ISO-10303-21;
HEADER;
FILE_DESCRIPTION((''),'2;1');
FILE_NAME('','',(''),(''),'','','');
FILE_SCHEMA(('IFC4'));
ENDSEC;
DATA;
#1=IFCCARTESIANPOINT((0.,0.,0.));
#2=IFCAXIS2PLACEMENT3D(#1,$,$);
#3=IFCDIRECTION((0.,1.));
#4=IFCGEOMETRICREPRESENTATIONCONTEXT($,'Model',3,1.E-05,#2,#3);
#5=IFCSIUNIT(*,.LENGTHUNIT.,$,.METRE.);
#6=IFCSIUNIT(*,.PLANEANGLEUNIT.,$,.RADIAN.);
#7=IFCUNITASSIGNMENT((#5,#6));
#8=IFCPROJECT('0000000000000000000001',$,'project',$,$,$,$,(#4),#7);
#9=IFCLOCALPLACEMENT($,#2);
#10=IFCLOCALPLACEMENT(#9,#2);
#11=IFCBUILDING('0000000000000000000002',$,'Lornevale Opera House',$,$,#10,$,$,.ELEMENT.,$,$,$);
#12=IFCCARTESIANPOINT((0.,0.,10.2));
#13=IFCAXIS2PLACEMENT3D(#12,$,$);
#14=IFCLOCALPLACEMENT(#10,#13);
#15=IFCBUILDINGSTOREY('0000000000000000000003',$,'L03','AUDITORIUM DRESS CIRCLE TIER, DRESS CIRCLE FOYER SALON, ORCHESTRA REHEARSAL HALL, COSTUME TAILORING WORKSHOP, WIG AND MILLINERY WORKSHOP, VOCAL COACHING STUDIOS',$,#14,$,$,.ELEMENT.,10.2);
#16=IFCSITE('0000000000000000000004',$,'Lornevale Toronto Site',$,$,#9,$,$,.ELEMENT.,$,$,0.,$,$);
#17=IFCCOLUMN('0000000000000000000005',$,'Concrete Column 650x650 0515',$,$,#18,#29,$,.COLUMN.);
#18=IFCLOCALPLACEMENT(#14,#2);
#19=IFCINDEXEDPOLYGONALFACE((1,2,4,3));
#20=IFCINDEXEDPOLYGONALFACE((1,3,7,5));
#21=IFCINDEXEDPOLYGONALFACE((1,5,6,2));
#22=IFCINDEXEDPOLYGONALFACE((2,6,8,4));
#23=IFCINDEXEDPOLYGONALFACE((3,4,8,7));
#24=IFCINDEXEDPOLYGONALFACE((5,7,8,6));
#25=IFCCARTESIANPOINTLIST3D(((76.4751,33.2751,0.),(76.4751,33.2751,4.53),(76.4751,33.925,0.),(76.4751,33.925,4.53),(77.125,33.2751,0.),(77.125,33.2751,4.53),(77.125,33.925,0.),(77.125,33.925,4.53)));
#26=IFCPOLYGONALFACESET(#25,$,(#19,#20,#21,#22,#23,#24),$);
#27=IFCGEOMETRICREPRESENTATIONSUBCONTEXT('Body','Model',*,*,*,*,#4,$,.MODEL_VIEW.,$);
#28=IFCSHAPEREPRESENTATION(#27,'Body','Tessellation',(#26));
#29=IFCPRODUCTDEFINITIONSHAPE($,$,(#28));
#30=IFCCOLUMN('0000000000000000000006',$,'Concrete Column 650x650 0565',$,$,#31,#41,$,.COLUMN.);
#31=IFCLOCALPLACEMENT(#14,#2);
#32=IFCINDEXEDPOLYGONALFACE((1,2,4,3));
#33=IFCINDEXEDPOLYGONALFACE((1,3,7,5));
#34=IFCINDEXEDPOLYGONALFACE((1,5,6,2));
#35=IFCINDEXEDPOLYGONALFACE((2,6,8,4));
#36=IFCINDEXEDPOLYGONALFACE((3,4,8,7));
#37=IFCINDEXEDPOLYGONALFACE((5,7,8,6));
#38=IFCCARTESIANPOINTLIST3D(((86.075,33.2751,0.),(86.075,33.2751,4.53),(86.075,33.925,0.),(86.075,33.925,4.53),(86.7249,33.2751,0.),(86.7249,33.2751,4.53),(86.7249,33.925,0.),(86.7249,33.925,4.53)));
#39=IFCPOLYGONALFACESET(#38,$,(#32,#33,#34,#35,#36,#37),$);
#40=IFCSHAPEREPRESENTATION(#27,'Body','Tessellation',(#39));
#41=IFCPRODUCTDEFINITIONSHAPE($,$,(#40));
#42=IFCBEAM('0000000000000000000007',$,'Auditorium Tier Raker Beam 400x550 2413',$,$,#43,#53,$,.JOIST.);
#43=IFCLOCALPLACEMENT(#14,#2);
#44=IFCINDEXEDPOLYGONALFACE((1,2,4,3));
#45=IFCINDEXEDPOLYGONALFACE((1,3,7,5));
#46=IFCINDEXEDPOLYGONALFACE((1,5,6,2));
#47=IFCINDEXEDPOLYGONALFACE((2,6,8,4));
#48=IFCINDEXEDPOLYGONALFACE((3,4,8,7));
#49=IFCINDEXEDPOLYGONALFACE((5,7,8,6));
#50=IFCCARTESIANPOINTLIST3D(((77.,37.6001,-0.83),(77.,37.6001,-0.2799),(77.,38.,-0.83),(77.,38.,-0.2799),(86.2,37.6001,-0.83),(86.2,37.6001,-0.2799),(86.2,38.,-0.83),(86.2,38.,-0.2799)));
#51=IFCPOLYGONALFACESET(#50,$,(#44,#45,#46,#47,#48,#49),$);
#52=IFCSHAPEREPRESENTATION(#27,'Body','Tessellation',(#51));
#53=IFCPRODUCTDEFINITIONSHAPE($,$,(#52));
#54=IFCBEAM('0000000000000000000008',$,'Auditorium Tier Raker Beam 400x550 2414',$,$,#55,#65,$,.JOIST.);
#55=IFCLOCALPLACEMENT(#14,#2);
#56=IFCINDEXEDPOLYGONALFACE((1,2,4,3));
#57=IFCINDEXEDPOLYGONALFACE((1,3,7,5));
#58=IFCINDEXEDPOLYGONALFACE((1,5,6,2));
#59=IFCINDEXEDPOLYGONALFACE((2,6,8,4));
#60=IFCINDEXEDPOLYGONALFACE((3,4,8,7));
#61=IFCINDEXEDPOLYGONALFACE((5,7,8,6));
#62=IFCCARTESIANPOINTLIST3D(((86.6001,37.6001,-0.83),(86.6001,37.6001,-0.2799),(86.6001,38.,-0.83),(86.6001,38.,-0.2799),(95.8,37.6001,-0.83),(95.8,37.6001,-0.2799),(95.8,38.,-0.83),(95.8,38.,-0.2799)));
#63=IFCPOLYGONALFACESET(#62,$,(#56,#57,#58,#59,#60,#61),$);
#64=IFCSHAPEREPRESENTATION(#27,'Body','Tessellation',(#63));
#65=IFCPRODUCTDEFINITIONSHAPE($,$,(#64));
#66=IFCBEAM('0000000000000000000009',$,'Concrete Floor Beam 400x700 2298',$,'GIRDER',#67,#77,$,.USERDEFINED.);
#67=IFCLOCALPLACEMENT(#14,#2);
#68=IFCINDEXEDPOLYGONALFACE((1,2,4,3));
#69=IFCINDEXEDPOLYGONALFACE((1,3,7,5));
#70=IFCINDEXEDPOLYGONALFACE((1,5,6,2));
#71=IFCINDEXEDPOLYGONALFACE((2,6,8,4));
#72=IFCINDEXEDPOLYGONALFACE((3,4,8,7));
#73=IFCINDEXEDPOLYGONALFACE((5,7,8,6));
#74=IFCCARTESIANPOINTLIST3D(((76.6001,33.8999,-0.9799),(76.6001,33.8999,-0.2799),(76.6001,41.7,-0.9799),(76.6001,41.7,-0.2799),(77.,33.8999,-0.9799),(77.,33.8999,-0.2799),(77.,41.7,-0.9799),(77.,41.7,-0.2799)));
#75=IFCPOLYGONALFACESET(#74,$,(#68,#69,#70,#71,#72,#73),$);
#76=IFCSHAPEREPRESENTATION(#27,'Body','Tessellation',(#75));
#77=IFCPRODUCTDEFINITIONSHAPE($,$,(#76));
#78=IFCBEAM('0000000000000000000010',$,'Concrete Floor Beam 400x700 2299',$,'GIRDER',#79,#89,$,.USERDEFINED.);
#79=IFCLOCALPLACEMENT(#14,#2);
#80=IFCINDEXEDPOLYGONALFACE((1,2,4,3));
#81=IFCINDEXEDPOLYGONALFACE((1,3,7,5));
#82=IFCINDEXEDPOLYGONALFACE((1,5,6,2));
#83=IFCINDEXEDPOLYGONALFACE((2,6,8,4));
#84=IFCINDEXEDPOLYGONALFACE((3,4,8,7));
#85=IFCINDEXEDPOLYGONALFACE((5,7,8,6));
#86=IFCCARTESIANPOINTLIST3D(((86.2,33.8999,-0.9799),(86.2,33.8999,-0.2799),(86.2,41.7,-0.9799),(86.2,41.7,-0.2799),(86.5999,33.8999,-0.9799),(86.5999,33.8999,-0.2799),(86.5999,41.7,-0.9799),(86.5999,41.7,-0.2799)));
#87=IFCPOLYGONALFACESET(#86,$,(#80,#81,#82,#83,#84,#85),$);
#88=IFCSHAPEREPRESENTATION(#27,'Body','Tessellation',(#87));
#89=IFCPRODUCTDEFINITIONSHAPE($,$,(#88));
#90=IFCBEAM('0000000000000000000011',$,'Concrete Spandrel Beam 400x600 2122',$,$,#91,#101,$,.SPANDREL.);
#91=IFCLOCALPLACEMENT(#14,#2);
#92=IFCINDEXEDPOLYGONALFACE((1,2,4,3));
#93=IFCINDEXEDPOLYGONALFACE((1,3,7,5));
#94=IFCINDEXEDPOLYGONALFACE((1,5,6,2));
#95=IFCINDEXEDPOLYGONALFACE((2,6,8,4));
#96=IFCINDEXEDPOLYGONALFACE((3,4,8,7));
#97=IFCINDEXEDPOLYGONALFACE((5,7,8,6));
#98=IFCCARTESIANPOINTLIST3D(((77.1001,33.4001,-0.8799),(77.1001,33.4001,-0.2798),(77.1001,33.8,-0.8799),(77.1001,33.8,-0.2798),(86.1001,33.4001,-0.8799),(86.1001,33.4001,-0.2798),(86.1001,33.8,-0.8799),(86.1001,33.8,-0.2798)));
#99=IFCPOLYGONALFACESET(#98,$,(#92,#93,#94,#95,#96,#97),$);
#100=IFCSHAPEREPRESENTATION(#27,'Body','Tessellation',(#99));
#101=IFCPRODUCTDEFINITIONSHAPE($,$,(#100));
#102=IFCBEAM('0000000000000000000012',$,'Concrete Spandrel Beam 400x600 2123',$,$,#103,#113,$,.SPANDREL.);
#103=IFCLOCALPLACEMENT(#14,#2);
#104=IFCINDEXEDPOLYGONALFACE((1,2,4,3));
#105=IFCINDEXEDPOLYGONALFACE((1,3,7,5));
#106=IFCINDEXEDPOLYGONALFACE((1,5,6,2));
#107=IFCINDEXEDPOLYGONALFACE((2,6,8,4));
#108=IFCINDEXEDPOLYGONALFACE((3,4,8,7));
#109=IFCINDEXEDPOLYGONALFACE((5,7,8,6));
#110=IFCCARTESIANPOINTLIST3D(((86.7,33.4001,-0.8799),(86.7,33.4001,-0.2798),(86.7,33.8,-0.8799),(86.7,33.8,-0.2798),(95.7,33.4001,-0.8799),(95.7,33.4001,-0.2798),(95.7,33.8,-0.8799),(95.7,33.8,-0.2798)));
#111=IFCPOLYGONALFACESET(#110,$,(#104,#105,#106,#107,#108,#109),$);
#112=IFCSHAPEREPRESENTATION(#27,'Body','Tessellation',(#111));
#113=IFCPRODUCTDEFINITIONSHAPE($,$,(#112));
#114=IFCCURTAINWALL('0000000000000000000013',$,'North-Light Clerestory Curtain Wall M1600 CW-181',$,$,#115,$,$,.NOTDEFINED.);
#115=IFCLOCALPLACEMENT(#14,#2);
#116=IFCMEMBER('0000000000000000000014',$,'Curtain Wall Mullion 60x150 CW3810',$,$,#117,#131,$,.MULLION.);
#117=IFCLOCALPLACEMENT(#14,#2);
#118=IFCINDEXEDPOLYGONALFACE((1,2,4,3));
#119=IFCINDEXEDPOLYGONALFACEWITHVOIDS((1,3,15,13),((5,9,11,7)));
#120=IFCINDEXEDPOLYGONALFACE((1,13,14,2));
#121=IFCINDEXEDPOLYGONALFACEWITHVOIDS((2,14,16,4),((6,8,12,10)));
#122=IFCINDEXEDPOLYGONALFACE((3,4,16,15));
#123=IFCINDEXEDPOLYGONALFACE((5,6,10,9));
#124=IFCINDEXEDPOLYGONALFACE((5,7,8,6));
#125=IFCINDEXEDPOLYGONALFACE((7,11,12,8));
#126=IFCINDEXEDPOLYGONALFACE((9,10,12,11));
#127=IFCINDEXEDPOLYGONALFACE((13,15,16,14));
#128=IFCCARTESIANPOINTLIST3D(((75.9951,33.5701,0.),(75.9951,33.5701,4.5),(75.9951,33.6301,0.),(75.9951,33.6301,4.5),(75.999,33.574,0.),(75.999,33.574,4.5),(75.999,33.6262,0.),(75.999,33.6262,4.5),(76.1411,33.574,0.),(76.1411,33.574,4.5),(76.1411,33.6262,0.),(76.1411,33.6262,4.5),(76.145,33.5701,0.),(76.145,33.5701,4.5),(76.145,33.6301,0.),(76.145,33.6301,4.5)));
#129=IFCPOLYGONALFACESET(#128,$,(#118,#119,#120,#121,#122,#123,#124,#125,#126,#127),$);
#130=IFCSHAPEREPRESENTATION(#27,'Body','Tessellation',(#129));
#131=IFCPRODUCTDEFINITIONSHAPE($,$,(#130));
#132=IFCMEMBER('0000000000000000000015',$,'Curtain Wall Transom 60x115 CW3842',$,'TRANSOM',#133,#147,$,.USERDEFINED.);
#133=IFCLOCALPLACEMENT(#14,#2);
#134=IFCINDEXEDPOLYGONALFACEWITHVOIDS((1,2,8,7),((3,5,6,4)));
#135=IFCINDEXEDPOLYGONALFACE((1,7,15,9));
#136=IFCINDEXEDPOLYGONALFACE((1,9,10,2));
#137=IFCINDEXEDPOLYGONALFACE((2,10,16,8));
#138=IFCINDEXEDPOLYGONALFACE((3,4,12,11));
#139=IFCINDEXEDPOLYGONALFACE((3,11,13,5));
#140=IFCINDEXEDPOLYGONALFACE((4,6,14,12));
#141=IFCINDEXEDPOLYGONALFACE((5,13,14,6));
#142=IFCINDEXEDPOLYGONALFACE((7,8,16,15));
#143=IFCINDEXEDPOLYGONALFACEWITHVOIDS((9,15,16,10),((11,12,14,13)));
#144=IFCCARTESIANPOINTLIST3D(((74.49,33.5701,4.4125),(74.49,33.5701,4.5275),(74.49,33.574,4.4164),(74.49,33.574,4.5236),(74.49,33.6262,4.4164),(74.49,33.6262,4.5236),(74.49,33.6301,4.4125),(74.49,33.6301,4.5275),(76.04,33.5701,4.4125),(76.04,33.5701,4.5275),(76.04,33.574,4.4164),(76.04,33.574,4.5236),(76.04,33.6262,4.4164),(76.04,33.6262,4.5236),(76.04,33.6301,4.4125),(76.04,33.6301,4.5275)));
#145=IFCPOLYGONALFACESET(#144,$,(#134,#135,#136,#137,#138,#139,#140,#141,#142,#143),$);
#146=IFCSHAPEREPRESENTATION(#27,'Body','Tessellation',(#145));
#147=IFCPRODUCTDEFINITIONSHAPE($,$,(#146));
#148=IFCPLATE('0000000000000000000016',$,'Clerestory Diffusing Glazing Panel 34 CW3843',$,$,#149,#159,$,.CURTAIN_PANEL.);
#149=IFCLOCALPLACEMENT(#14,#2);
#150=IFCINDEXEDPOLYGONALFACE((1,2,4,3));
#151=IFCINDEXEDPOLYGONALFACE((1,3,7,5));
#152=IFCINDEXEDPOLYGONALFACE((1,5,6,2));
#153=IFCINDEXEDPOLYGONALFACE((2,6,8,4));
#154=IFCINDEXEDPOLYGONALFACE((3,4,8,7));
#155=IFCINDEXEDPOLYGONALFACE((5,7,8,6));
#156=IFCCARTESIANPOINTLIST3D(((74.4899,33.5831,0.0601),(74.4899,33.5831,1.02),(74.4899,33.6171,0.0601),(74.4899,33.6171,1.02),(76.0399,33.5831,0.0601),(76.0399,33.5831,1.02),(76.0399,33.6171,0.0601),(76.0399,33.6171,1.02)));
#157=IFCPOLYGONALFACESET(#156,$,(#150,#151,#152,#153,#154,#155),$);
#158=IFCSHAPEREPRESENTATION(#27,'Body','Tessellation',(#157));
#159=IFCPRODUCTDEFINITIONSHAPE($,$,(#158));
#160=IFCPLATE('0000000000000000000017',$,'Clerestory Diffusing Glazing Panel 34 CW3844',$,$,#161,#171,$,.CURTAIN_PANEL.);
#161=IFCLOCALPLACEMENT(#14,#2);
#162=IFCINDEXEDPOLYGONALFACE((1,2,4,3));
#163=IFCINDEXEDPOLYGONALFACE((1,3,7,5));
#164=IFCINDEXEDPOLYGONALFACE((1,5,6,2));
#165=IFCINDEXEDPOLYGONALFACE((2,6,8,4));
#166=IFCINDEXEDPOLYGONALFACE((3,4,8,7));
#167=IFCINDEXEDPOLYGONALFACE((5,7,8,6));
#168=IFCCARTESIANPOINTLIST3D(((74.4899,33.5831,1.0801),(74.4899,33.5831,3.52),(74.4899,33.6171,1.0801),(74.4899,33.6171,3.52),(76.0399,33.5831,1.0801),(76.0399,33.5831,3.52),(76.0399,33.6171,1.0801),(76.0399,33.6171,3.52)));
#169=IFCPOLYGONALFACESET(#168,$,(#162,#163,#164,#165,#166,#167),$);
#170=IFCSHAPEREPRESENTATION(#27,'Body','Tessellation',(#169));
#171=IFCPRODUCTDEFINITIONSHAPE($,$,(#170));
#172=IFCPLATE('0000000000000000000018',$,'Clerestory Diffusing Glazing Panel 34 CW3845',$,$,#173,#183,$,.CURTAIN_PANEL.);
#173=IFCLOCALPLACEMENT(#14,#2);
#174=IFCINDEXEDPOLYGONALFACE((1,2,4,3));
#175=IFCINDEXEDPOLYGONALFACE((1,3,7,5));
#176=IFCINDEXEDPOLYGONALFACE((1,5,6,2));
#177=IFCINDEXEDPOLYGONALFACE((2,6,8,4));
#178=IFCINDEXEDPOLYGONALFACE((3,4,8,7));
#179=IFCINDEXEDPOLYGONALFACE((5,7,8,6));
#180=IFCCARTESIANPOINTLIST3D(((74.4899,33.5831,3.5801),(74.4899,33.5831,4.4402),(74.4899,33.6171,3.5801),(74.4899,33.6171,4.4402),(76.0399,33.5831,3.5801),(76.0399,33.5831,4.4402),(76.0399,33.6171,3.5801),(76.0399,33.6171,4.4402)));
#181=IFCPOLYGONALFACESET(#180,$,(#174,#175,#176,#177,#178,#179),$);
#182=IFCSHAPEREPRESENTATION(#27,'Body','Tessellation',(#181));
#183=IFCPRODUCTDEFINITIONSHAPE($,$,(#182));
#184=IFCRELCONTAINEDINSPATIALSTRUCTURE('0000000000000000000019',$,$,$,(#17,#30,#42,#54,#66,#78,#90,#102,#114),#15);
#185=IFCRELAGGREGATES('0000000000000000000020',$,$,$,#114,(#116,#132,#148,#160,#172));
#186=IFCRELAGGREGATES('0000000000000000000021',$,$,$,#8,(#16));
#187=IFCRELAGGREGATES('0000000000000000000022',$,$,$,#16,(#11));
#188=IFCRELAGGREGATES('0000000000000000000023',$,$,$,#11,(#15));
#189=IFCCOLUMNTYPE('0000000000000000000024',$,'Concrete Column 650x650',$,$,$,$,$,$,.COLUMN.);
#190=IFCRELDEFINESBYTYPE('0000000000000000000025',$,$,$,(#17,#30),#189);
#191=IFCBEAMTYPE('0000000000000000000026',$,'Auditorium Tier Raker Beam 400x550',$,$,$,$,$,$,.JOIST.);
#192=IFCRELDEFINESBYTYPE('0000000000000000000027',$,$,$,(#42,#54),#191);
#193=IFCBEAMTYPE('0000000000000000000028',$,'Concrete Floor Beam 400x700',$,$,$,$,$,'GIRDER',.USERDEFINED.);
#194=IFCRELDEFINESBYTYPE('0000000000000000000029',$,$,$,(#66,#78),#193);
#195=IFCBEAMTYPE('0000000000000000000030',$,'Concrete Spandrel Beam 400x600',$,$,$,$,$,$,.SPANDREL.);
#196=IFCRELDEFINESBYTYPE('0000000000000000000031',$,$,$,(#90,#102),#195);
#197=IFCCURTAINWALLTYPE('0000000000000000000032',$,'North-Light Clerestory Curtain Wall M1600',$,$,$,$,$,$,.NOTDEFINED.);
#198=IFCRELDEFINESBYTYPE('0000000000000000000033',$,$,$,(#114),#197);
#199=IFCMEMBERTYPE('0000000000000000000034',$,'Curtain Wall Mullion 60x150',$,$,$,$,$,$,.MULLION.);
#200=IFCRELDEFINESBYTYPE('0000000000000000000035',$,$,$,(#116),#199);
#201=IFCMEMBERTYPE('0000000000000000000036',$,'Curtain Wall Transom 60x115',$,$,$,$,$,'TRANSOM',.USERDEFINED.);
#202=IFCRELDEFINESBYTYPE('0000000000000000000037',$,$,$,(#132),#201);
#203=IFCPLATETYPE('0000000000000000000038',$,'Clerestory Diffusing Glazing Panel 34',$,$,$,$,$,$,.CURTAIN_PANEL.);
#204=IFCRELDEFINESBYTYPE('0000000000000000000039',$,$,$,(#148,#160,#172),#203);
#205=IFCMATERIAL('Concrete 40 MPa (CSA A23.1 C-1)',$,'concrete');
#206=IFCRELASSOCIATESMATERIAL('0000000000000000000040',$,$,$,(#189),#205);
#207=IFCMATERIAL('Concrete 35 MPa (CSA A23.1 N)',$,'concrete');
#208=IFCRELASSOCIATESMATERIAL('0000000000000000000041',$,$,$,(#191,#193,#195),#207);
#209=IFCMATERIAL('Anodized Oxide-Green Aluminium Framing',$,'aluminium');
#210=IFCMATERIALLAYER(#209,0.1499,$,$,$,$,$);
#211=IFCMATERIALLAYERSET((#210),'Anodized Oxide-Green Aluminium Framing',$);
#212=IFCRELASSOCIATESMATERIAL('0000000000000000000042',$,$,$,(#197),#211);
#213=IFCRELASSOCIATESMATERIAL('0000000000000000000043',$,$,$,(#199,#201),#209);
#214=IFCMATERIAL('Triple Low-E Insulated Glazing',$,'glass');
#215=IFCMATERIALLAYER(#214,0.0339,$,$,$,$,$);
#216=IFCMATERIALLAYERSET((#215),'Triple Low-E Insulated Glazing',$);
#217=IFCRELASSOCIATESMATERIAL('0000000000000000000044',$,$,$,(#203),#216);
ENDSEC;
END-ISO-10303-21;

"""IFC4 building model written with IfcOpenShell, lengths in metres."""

from ifc_helpers import new_model, si_unit, direction, frame, origin, origin_2d, place, context, subcontext, project, spatial, rectangle, hollow_rectangle, extrude, material, layer, layer_set, material_profile, profile_set, type_object, element, aggregate, save


model = new_model("IFC4")

# Units and contexts
model_context = context("Model", 3, precision=1e-05, world=origin(), true_north=direction((0.0, 1.0)))
body_context = subcontext(model_context, "Body", "Model", "MODEL_VIEW")
ifc_project = project(units=[si_unit("LENGTHUNIT", "METRE"), si_unit("PLANEANGLEUNIT", "RADIAN")], contexts=[model_context])

# Site, building, storey
site_placement = place(None, origin())
site = spatial("IfcSite", under=ifc_project, at=site_placement, Name="Lornevale Toronto Site", CompositionType="ELEMENT", RefElevation=0.0)
building_placement = place(site_placement, origin())
building = spatial("IfcBuilding", under=site, at=building_placement, Name="Lornevale Opera House", CompositionType="ELEMENT")
storey_placement = place(building_placement, frame((0.0, 0.0, 10.2)))
storey = spatial("IfcBuildingStorey", under=building, at=storey_placement, Name="L03", Description="AUDITORIUM DRESS CIRCLE TIER, DRESS CIRCLE FOYER SALON, ORCHESTRA REHEARSAL HALL, COSTUME TAILORING WORKSHOP, WIG AND MILLINERY WORKSHOP, VOCAL COACHING STUDIOS", CompositionType="ELEMENT", Elevation=10.2)

# Columns
ifc_material_1 = material(Name="Concrete 40 MPa (CSA A23.1 C-1)", Category="concrete")
ifc_material_profile_1 = material_profile(ifc_material_1, rectangle(XDim=0.6499, YDim=0.6499, at=origin_2d()), Name="RC650x650")
ifc_profile_set_1 = profile_set([ifc_material_profile_1], Name="Concrete 40 MPa (CSA A23.1 C-1)")
column_type = type_object("IfcColumnType", Name="Concrete Column 650x650", PredefinedType="COLUMN", material=ifc_profile_set_1)
for number, where, z_axis, x_axis, name in (
    (1, (76.8, 33.6001, 0.0), (0.0, 0.0, 1.0), (1.0, 0.0, 0.0), "Concrete Column 650x650 0515"),
    (2, (86.3999, 33.6001, 0.0), (0.0, 0.0, 1.0), (1.0, 0.0, 0.0), "Concrete Column 650x650 0565"),
):
    element("IfcColumn", number, at=place(storey_placement, frame(where, z_axis=z_axis, x_axis=x_axis)), inside=storey, type_object=column_type, Name=name, PredefinedType="COLUMN", context=body_context, shape_type="SweptSolid", body=[
        extrude(rectangle(XDim=0.6499, YDim=0.6499, at=origin_2d()), origin(), (0.0, 0.0, 1.0), 4.53),
    ])

# Beams
ifc_material_2 = material(Name="Concrete 35 MPa (CSA A23.1 N)", Category="concrete")
ifc_material_profile_2 = material_profile(ifc_material_2, rectangle(XDim=0.3999, YDim=0.55, at=origin_2d()), Name="RC400x550")
ifc_profile_set_2 = profile_set([ifc_material_profile_2], Name="Concrete 35 MPa (CSA A23.1 N)")
beam_type_1 = type_object("IfcBeamType", Name="Auditorium Tier Raker Beam 400x550", PredefinedType="JOIST", material=ifc_profile_set_2)
for number, where, z_axis, x_axis, name in (
    (3, (77.0, 37.8, -0.5549), (1.0, 0.0, 0.0), (0.0, 1.0, 0.0), "Auditorium Tier Raker Beam 400x550 2413"),
    (4, (86.6001, 37.8, -0.5549), (1.0, 0.0, 0.0), (0.0, 1.0, 0.0), "Auditorium Tier Raker Beam 400x550 2414"),
):
    element("IfcBeam", number, at=place(storey_placement, frame(where, z_axis=z_axis, x_axis=x_axis)), inside=storey, type_object=beam_type_1, Name=name, PredefinedType="JOIST", context=body_context, shape_type="SweptSolid", body=[
        extrude(rectangle(XDim=0.3999, YDim=0.55, at=origin_2d()), origin(), (0.0, 0.0, 1.0), 9.2),
    ])
ifc_material_profile_3 = material_profile(ifc_material_2, rectangle(XDim=0.3999, YDim=0.7, at=origin_2d()), Name="RC400x700")
ifc_profile_set_3 = profile_set([ifc_material_profile_3], Name="Concrete 35 MPa (CSA A23.1 N)")
beam_type_2 = type_object("IfcBeamType", Name="Concrete Floor Beam 400x700", ElementType="GIRDER", PredefinedType="USERDEFINED", material=ifc_profile_set_3)
for number, where, z_axis, x_axis, name in (
    (5, (76.8, 33.8999, -0.6299), (0.0, 1.0, 0.0), (-1.0, 0.0, 0.0), "Concrete Floor Beam 400x700 2298"),
    (6, (86.3999, 33.8999, -0.6299), (0.0, 1.0, 0.0), (-1.0, 0.0, 0.0), "Concrete Floor Beam 400x700 2299"),
):
    element("IfcBeam", number, at=place(storey_placement, frame(where, z_axis=z_axis, x_axis=x_axis)), inside=storey, type_object=beam_type_2, Name=name, ObjectType="GIRDER", PredefinedType="USERDEFINED", context=body_context, shape_type="SweptSolid", body=[
        extrude(rectangle(XDim=0.3999, YDim=0.7, at=origin_2d()), origin(), (0.0, 0.0, 1.0), 7.8),
    ])
ifc_material_profile_4 = material_profile(ifc_material_2, rectangle(XDim=0.3999, YDim=0.6001, at=origin_2d()), Name="RC400x600")
ifc_profile_set_4 = profile_set([ifc_material_profile_4], Name="Concrete 35 MPa (CSA A23.1 N)")
beam_type_3 = type_object("IfcBeamType", Name="Concrete Spandrel Beam 400x600", PredefinedType="SPANDREL", material=ifc_profile_set_4)
for number, where, z_axis, x_axis, name in (
    (7, (77.1001, 33.6001, -0.5798), (1.0, 0.0, 0.0), (0.0, 1.0, 0.0), "Concrete Spandrel Beam 400x600 2122"),
    (8, (86.7, 33.6001, -0.5798), (1.0, 0.0, 0.0), (0.0, 1.0, 0.0), "Concrete Spandrel Beam 400x600 2123"),
):
    element("IfcBeam", number, at=place(storey_placement, frame(where, z_axis=z_axis, x_axis=x_axis)), inside=storey, type_object=beam_type_3, Name=name, PredefinedType="SPANDREL", context=body_context, shape_type="SweptSolid", body=[
        extrude(rectangle(XDim=0.3999, YDim=0.6001, at=origin_2d()), origin(), (0.0, 0.0, 1.0), 9.0),
    ])

# Curtain wall, members, plates
ifc_material_3 = material(Name="Anodized Oxide-Green Aluminium Framing", Category="aluminium")
ifc_layer_1 = layer(ifc_material_3, 0.1499)
ifc_layer_set_1 = layer_set([ifc_layer_1], Name="Anodized Oxide-Green Aluminium Framing")
curtain_wall_type = type_object("IfcCurtainWallType", Name="North-Light Clerestory Curtain Wall M1600", PredefinedType="NOTDEFINED", material=ifc_layer_set_1)
curtain_wall_placement = place(storey_placement, origin())
curtain_wall = element("IfcCurtainWall", 9, at=curtain_wall_placement, inside=storey, type_object=curtain_wall_type, Name="North-Light Clerestory Curtain Wall M1600 CW-181", PredefinedType="NOTDEFINED")
ifc_material_profile_5 = material_profile(ifc_material_3, hollow_rectangle(XDim=0.0601, YDim=0.1499, WallThickness=0.0039, at=origin_2d()), Name="ALU60x150x4")
ifc_profile_set_5 = profile_set([ifc_material_profile_5], Name="Anodized Oxide-Green Aluminium Framing")
member_type_1 = type_object("IfcMemberType", Name="Curtain Wall Mullion 60x150", PredefinedType="MULLION", material=ifc_profile_set_5)
member_1_placement = place(storey_placement, frame((76.0701, 33.6001, 0.0), z_axis=(0.0, 0.0, 1.0), x_axis=(0.0, 1.0, 0.0)))
member_1 = element("IfcMember", 10, at=member_1_placement, type_object=member_type_1, Name="Curtain Wall Mullion 60x150 CW3810", PredefinedType="MULLION", context=body_context, shape_type="SweptSolid", body=[
    extrude(hollow_rectangle(XDim=0.0601, YDim=0.1499, WallThickness=0.0039, at=origin_2d()), origin(), (0.0, 0.0, 1.0), 4.5),
])
ifc_material_profile_6 = material_profile(ifc_material_3, hollow_rectangle(XDim=0.0601, YDim=0.115, WallThickness=0.0039, at=origin_2d()), Name="ALU60x115x4")
ifc_profile_set_6 = profile_set([ifc_material_profile_6], Name="Anodized Oxide-Green Aluminium Framing")
member_type_2 = type_object("IfcMemberType", Name="Curtain Wall Transom 60x115", ElementType="TRANSOM", PredefinedType="USERDEFINED", material=ifc_profile_set_6)
member_2_placement = place(storey_placement, frame((74.49, 33.6001, 4.47), z_axis=(1.0, 0.0, 0.0), x_axis=(0.0, 1.0, 0.0)))
member_2 = element("IfcMember", 11, at=member_2_placement, type_object=member_type_2, Name="Curtain Wall Transom 60x115 CW3842", ObjectType="TRANSOM", PredefinedType="USERDEFINED", context=body_context, shape_type="SweptSolid", body=[
    extrude(hollow_rectangle(XDim=0.0601, YDim=0.115, WallThickness=0.0039, at=origin_2d()), origin(), (0.0, 0.0, 1.0), 1.55),
])
ifc_material_4 = material(Name="Triple Low-E Insulated Glazing", Category="glass")
ifc_layer_2 = layer(ifc_material_4, 0.0339)
ifc_layer_set_2 = layer_set([ifc_layer_2], Name="Triple Low-E Insulated Glazing")
plate_type = type_object("IfcPlateType", Name="Clerestory Diffusing Glazing Panel 34", PredefinedType="CURTAIN_PANEL", material=ifc_layer_set_2)
plate_1_placement = place(storey_placement, frame((75.2649, 33.6001, 0.0601), z_axis=(0.0, 0.0, 1.0), x_axis=(1.0, 0.0, 0.0)))
plate_1 = element("IfcPlate", 12, at=plate_1_placement, type_object=plate_type, Name="Clerestory Diffusing Glazing Panel 34 CW3843", PredefinedType="CURTAIN_PANEL", context=body_context, shape_type="SweptSolid", body=[
    extrude(rectangle(XDim=1.55, YDim=0.0339, at=origin_2d()), origin(), (0.0, 0.0, 1.0), 0.96),
])
plate_2_placement = place(storey_placement, frame((75.2649, 33.6001, 1.0801), z_axis=(0.0, 0.0, 1.0), x_axis=(1.0, 0.0, 0.0)))
plate_2 = element("IfcPlate", 13, at=plate_2_placement, type_object=plate_type, Name="Clerestory Diffusing Glazing Panel 34 CW3844", PredefinedType="CURTAIN_PANEL", context=body_context, shape_type="SweptSolid", body=[
    extrude(rectangle(XDim=1.55, YDim=0.0339, at=origin_2d()), origin(), (0.0, 0.0, 1.0), 2.4399),
])
plate_3_placement = place(storey_placement, frame((75.2649, 33.6001, 3.5801), z_axis=(0.0, 0.0, 1.0), x_axis=(1.0, 0.0, 0.0)))
plate_3 = element("IfcPlate", 14, at=plate_3_placement, type_object=plate_type, Name="Clerestory Diffusing Glazing Panel 34 CW3845", PredefinedType="CURTAIN_PANEL", context=body_context, shape_type="SweptSolid", body=[
    extrude(rectangle(XDim=1.55, YDim=0.0339, at=origin_2d()), origin(), (0.0, 0.0, 1.0), 0.8601),
])
aggregate(curtain_wall, [member_1, member_2, plate_1, plate_2, plate_3])

save(model, "model.ifc")
